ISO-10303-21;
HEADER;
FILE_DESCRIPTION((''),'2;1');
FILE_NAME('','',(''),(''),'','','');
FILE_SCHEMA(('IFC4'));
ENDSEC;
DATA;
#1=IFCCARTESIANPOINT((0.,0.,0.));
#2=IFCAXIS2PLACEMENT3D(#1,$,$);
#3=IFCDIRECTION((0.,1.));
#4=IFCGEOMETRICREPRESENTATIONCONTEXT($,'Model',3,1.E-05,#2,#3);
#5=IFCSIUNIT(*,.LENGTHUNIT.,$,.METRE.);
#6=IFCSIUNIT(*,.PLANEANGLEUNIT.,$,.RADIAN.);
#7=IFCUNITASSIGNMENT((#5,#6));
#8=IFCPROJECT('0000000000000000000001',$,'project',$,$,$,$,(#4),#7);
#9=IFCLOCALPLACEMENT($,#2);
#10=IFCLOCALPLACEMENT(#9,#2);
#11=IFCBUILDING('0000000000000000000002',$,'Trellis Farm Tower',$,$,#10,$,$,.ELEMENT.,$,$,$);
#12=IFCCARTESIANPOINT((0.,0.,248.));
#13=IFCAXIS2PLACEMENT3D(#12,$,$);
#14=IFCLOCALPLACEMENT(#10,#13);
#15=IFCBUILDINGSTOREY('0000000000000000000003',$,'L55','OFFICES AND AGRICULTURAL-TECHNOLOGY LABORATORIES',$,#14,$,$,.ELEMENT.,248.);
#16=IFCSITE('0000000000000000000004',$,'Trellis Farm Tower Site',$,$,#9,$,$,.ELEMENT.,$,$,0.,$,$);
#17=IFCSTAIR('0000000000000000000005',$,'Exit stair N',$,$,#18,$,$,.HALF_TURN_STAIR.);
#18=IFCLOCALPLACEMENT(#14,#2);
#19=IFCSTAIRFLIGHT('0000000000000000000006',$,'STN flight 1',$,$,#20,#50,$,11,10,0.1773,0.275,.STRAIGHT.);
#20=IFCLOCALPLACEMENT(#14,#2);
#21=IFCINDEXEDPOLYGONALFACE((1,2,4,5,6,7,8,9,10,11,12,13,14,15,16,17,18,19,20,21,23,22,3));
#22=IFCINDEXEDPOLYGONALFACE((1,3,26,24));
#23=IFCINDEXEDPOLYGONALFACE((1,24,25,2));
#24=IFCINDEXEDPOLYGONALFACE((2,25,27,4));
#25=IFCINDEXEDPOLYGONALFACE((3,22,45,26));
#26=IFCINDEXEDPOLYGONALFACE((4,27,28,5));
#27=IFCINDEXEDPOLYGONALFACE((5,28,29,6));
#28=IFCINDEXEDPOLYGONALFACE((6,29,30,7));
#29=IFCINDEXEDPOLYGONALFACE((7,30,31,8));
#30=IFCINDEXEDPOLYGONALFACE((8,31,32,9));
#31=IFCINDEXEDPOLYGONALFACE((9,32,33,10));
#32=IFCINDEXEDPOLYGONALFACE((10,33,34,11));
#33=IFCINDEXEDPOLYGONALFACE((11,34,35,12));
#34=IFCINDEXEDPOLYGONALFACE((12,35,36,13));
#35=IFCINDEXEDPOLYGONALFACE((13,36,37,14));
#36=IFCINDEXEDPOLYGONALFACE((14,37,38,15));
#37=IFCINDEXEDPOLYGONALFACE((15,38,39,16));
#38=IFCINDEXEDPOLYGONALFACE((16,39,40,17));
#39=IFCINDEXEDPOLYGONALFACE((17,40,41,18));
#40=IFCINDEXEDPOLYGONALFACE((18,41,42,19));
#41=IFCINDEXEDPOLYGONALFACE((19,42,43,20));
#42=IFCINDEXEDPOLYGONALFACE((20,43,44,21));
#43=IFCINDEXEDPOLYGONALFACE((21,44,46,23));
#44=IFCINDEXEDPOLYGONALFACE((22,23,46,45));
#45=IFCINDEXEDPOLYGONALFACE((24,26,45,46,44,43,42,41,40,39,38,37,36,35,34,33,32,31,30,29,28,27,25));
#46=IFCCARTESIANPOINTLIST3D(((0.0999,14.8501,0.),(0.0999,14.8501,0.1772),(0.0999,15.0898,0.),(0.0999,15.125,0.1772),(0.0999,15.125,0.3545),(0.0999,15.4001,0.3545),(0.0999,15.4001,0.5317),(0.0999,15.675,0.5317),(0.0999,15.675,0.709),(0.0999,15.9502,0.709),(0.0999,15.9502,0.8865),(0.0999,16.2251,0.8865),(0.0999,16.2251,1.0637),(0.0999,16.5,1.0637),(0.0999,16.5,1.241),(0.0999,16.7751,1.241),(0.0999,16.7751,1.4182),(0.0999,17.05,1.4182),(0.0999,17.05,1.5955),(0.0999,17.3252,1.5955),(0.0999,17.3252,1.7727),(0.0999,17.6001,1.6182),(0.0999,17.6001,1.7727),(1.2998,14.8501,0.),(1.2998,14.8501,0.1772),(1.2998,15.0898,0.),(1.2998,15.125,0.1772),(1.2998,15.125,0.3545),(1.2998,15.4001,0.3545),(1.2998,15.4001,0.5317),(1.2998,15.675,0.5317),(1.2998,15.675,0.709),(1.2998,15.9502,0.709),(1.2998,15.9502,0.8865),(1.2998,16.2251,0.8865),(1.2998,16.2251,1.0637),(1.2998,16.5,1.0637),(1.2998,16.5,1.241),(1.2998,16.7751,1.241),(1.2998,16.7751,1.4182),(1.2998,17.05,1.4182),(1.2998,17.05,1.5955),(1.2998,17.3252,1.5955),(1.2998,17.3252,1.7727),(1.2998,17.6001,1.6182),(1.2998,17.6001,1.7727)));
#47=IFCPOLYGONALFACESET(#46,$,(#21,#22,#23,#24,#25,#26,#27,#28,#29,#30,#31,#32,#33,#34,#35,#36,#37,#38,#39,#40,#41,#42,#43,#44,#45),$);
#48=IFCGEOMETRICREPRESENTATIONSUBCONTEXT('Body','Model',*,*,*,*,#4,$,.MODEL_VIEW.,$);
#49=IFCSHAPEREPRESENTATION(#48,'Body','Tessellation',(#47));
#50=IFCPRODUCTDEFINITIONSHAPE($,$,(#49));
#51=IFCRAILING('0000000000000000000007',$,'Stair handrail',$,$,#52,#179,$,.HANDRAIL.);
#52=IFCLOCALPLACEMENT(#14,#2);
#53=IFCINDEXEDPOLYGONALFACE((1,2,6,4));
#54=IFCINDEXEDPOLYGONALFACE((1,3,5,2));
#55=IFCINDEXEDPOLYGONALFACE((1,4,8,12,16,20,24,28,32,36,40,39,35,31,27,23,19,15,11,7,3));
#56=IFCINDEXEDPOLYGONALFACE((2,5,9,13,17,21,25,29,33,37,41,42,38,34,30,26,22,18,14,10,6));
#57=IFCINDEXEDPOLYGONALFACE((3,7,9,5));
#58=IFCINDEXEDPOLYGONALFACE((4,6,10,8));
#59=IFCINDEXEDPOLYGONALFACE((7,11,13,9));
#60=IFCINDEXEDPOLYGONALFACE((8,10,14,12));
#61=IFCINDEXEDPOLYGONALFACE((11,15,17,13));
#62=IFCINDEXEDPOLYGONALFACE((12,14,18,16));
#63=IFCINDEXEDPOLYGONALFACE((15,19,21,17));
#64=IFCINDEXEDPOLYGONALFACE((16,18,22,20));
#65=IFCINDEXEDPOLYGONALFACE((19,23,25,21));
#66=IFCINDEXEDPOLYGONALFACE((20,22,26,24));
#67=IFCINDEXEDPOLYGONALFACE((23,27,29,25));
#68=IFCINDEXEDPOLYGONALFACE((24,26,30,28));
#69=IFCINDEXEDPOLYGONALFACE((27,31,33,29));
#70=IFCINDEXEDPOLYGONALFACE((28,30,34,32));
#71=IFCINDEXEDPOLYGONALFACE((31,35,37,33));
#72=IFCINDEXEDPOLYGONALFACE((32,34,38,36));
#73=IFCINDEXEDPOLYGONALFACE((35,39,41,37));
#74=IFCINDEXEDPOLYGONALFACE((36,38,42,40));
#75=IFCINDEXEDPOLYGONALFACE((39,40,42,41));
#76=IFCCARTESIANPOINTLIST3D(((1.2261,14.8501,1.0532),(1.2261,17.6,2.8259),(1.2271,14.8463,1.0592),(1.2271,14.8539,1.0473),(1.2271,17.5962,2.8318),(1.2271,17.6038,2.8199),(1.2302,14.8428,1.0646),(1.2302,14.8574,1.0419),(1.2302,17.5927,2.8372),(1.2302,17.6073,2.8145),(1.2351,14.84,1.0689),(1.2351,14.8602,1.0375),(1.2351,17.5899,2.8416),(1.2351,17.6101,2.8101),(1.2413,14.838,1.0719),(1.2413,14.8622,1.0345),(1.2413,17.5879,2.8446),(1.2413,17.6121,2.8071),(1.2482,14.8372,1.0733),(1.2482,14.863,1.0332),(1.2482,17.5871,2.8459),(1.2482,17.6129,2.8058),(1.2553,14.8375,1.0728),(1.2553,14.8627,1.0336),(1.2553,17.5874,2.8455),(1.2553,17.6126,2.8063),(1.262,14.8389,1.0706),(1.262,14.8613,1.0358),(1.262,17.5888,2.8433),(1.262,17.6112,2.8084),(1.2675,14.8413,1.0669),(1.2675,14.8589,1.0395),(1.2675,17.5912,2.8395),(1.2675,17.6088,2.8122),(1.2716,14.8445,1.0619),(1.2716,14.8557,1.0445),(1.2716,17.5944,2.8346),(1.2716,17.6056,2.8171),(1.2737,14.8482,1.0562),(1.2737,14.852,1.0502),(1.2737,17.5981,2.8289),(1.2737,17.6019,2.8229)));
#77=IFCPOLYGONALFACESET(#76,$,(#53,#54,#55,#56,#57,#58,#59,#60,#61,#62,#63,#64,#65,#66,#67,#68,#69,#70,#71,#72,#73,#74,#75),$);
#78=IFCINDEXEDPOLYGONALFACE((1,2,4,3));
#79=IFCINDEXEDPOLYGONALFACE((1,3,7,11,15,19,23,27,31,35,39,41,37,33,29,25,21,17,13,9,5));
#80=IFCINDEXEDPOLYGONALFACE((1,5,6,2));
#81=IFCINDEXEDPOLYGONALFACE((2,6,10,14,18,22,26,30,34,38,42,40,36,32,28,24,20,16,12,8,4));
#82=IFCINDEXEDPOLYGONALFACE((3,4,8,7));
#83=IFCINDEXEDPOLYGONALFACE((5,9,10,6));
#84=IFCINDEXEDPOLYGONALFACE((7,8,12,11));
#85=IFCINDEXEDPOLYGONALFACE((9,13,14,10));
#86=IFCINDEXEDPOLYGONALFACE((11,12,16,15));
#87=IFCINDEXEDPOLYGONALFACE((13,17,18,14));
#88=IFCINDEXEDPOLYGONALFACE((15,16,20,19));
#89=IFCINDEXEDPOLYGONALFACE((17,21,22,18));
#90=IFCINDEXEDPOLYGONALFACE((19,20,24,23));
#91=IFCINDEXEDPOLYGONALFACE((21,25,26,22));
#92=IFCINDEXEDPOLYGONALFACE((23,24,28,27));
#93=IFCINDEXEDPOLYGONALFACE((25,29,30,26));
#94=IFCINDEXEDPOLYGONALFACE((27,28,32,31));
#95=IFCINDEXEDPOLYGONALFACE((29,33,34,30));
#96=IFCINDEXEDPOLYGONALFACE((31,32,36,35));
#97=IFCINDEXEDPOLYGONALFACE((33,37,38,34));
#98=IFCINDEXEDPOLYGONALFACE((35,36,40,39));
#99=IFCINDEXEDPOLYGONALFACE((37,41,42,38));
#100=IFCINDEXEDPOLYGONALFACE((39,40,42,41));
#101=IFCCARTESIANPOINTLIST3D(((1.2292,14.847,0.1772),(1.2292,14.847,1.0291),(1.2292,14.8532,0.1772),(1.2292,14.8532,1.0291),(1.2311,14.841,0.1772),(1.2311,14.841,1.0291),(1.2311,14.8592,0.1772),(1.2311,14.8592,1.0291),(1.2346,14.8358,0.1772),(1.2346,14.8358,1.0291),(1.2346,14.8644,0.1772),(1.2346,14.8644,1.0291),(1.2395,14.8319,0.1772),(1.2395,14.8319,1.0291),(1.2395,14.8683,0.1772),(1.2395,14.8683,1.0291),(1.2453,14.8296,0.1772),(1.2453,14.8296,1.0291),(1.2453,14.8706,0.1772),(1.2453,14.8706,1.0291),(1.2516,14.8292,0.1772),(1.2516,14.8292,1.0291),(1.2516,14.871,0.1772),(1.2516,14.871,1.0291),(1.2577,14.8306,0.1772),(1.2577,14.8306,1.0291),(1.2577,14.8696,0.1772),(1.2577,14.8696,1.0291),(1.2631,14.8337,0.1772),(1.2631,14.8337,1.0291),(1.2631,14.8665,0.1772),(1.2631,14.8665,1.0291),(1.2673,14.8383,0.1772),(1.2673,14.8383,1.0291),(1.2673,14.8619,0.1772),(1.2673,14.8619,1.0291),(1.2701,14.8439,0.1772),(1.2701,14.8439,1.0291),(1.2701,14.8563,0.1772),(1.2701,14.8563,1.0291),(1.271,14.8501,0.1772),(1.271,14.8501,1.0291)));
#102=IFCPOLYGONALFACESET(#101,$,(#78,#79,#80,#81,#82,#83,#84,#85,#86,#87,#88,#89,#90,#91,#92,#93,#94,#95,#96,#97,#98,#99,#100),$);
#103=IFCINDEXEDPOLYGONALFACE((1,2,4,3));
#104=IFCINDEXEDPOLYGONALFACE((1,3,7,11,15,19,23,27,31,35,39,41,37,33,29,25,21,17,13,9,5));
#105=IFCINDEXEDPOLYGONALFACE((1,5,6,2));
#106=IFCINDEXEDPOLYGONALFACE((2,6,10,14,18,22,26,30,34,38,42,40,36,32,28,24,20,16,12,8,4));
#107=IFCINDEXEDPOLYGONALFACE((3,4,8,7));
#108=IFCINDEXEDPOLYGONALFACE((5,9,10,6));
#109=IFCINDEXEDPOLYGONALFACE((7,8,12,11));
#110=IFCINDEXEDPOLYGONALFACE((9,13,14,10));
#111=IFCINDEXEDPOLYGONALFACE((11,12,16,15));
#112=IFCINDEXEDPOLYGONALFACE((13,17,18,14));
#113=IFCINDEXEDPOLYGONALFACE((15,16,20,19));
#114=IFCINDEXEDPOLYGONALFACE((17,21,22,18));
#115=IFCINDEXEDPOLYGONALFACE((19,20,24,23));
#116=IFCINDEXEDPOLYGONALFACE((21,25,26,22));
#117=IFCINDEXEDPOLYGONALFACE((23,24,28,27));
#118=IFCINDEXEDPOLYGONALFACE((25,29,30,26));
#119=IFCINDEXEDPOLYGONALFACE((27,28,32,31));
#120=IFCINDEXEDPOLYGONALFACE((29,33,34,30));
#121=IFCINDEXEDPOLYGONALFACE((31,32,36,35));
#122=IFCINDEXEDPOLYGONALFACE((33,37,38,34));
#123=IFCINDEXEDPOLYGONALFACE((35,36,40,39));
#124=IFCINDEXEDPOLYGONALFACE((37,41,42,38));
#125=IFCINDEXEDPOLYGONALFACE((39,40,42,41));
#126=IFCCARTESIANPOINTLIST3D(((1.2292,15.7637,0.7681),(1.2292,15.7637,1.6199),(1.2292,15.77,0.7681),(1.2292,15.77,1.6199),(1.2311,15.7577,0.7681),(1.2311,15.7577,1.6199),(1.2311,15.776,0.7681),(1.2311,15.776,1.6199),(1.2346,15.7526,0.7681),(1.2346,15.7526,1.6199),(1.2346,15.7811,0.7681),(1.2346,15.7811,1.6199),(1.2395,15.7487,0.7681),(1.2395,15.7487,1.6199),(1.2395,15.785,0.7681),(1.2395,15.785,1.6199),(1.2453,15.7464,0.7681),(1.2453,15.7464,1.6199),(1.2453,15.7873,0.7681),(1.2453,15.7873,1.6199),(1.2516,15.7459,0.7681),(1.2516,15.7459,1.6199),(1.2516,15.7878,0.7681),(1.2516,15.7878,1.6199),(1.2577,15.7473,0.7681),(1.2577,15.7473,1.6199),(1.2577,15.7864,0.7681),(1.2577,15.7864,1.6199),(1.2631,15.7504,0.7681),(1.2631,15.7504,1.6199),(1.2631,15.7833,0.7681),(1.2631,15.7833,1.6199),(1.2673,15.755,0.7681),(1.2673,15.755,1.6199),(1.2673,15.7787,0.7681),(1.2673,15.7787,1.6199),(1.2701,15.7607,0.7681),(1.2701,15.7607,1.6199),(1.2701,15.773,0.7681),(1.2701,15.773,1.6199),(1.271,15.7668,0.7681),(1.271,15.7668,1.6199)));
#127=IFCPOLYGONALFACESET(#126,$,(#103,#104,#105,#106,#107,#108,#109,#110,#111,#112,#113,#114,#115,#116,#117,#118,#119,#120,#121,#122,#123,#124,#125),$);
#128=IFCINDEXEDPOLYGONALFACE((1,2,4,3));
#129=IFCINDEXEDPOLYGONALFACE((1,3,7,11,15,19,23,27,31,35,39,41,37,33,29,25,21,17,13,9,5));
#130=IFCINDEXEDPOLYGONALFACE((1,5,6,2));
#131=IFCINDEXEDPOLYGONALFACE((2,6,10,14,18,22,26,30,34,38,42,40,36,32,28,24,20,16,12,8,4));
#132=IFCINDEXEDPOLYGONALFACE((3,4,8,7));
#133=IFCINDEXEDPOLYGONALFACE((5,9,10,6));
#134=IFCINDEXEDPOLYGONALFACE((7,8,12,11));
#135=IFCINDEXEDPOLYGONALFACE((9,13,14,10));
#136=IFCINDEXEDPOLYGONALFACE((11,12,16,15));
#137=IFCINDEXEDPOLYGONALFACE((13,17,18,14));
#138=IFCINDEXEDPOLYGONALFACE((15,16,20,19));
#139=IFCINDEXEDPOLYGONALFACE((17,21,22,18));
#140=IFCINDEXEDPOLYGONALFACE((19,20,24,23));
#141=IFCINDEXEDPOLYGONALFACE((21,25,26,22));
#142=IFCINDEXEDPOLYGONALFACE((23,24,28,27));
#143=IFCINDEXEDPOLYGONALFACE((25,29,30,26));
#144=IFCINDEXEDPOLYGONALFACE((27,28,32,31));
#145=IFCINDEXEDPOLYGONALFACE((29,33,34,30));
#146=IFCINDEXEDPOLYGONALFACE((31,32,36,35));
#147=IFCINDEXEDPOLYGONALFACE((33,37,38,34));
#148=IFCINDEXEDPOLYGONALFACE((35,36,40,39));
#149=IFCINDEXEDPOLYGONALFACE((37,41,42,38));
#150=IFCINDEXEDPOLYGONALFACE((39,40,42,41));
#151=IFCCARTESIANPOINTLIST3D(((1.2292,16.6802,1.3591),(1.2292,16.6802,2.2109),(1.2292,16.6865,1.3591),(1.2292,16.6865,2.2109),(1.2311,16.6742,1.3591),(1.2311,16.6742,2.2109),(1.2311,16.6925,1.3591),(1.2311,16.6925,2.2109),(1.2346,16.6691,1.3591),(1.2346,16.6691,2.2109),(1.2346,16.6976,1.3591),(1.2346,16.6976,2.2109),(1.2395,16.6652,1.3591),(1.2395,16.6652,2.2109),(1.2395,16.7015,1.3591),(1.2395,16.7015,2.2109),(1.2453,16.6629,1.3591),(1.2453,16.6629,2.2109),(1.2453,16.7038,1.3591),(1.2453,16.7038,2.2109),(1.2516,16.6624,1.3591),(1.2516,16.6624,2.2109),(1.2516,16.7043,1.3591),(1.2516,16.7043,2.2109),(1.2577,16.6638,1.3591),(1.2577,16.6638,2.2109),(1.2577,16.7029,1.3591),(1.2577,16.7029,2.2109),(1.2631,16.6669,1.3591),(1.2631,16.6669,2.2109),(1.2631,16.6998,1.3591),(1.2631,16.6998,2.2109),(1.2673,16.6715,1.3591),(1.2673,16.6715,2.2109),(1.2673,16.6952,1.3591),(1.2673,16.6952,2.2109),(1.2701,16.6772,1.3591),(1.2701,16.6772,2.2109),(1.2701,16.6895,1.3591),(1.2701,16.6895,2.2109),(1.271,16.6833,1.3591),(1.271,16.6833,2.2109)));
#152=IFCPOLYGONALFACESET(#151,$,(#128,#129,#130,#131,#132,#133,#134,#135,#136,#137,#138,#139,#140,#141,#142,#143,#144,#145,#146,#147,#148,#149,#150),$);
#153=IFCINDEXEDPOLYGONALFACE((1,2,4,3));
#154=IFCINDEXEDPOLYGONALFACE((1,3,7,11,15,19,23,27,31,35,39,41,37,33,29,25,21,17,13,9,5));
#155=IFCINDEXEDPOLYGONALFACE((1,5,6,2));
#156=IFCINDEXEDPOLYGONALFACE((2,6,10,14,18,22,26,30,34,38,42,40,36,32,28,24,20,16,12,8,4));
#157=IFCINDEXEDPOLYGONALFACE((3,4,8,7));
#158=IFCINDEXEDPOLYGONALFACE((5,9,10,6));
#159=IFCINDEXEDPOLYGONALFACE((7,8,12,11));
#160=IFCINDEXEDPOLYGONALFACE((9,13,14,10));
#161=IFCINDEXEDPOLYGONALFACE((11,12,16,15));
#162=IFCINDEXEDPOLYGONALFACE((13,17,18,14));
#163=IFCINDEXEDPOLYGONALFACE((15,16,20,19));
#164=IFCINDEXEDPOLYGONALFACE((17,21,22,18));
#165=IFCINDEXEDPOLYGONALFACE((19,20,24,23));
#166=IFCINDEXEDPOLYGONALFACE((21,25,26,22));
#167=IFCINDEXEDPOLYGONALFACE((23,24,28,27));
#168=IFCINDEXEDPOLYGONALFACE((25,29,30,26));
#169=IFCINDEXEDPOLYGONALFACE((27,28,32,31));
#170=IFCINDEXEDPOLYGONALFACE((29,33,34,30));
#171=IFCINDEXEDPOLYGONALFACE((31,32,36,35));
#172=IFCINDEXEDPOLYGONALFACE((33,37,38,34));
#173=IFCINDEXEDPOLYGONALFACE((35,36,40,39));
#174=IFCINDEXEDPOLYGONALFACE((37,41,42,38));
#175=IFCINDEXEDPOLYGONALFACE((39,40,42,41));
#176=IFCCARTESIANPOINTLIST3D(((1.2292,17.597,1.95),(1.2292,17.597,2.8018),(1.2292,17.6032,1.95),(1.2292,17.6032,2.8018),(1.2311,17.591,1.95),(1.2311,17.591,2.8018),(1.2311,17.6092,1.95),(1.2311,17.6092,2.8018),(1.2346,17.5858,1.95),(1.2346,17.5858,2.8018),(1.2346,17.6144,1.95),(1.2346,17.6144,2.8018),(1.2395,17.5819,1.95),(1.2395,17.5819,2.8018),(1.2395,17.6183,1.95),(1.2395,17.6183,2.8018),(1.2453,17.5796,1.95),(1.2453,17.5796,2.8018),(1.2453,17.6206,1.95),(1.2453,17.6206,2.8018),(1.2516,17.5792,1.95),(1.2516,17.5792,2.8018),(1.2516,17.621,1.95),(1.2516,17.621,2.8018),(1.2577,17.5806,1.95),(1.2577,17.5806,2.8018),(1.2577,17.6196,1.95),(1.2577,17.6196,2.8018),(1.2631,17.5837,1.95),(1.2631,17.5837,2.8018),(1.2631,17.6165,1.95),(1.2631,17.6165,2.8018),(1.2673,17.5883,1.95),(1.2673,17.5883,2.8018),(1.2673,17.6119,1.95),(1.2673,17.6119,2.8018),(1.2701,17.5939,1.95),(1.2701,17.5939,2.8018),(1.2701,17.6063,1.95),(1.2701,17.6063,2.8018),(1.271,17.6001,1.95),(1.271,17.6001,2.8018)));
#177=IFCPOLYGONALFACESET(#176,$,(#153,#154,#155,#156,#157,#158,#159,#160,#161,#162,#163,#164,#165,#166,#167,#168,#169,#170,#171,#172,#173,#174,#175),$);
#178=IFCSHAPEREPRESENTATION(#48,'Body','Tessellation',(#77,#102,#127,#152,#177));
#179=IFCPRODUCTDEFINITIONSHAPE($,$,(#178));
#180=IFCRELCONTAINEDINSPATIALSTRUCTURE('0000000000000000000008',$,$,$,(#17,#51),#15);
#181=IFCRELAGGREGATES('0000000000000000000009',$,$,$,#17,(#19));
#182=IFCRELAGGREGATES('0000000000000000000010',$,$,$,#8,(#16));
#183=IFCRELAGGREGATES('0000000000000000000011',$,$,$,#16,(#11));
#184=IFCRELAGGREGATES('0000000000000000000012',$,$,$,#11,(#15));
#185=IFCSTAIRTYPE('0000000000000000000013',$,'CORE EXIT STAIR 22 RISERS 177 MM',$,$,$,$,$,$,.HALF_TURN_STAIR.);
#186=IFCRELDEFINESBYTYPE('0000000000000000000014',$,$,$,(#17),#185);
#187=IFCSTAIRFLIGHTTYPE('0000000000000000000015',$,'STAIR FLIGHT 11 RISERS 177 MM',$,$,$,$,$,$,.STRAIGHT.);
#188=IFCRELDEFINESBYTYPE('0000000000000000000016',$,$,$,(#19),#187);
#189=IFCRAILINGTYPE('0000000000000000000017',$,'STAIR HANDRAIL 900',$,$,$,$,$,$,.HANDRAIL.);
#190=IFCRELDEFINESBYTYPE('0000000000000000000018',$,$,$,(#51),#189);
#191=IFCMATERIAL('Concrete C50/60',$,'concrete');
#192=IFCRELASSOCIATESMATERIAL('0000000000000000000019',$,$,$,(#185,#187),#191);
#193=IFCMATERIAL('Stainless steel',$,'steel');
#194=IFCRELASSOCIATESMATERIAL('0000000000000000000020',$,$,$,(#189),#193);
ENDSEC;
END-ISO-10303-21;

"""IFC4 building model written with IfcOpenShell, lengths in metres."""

from ifc_helpers import new_model, si_unit, direction, frame, origin, origin_2d, place, context, subcontext, project, spatial, polyline, circle, outline, extrude, source, transform, mapped, material, type_object, element, aggregate, save


model = new_model("IFC4")

# Units and contexts
model_context = context("Model", 3, precision=1e-05, world=origin(), true_north=direction((0.0, 1.0)))
body_context = subcontext(model_context, "Body", "Model", "MODEL_VIEW")
ifc_project = project(units=[si_unit("LENGTHUNIT", "METRE"), si_unit("PLANEANGLEUNIT", "RADIAN")], contexts=[model_context])

# Site, building, storey
site_placement = place(None, origin())
site = spatial("IfcSite", under=ifc_project, at=site_placement, Name="Trellis Farm Tower Site", CompositionType="ELEMENT", RefElevation=0.0)
building_placement = place(site_placement, origin())
building = spatial("IfcBuilding", under=site, at=building_placement, Name="Trellis Farm Tower", CompositionType="ELEMENT")
storey_placement = place(building_placement, frame((0.0, 0.0, 248.0)))
storey = spatial("IfcBuildingStorey", under=building, at=storey_placement, Name="L55", Description="OFFICES AND AGRICULTURAL-TECHNOLOGY LABORATORIES", CompositionType="ELEMENT", Elevation=248.0)

# Shared definitions
placement_1 = place(storey_placement, origin())

# Stair, stair flight
ifc_material_1 = material(Name="Concrete C50/60", Category="concrete")
stair_type = type_object("IfcStairType", Name="CORE EXIT STAIR 22 RISERS 177 MM", PredefinedType="HALF_TURN_STAIR", material=ifc_material_1)
stair = element("IfcStair", 1, at=placement_1, inside=storey, type_object=stair_type, Name="Exit stair N", PredefinedType="HALF_TURN_STAIR")
stair_flight_type = type_object("IfcStairFlightType", Name="STAIR FLIGHT 11 RISERS 177 MM", PredefinedType="STRAIGHT", material=ifc_material_1)
shared_shape_1 = source(origin(), body_context, "Body", "SweptSolid", [
    extrude(outline(polyline([(0.0, 0.0), (0.0, 0.1772), (0.2749, 0.1772), (0.2749, 0.3545), (0.55, 0.3545), (0.55, 0.5317), (0.825, 0.5317), (0.825, 0.709), (1.1001, 0.709), (1.1001, 0.8865), (1.375, 0.8865), (1.375, 1.0637), (1.6499, 1.0637), (1.6499, 1.241), (1.925, 1.241), (1.925, 1.4182), (2.2, 1.4182), (2.2, 1.5955), (2.4751, 1.5955), (2.4751, 1.7727), (2.75, 1.7727), (2.75, 1.95), (2.75, 1.6182), (0.2397, 0.0), (0.0, 0.0)])), frame((0.0, 0.6001, 0.0), z_axis=(0.0, -1.0, 0.0), x_axis=(1.0, 0.0, 0.0)), (0.0, 0.0, 1.0), 1.2),
])
stair_flight_placement = place(storey_placement, frame((0.7, 14.8501, 0.0), z_axis=(0.0, 0.0, 1.0), x_axis=(0.0, 1.0, 0.0)))
stair_flight = element("IfcStairFlight", 2, at=stair_flight_placement, type_object=stair_flight_type, Name="STN flight 1", NumberOfRisers=11, NumberOfTreads=10, PredefinedType="STRAIGHT", RiserHeight=0.1773, TreadLength=0.275, context=body_context, shape_type="MappedRepresentation", body=[
    mapped(shared_shape_1, transform((0.0, 0.0, 0.0))),
])
aggregate(stair, [stair_flight])

# Railing
ifc_material_2 = material(Name="Stainless steel", Category="steel")
railing_type = type_object("IfcRailingType", Name="STAIR HANDRAIL 900", PredefinedType="HANDRAIL", material=ifc_material_2)
shared_shape_2 = source(origin(), body_context, "Body", "SweptSolid", [
    extrude(circle(Radius=0.0239, at=origin_2d()), frame((0.0, 0.0, 0.876), z_axis=(0.0, 0.840504, 0.541806), x_axis=(-1.0, 0.0, 0.0)), (0.0, 0.0, 1.0), 3.2717),
    extrude(circle(Radius=0.021, at=origin_2d()), origin(), (0.0, 0.0, 1.0), 0.8518),
    extrude(circle(Radius=0.021, at=origin_2d()), frame((0.0, 0.9167, 0.5908)), (0.0, 0.0, 1.0), 0.8518),
    extrude(circle(Radius=0.021, at=origin_2d()), frame((0.0, 1.8333, 1.1819)), (0.0, 0.0, 1.0), 0.8518),
    extrude(circle(Radius=0.021, at=origin_2d()), frame((0.0, 2.75, 1.7727)), (0.0, 0.0, 1.0), 0.8518),
])
railing_placement = place(storey_placement, frame((1.25, 14.8501, 0.1772)))
element("IfcRailing", 3, at=railing_placement, inside=storey, type_object=railing_type, Name="Stair handrail", PredefinedType="HANDRAIL", context=body_context, shape_type="MappedRepresentation", body=[
    mapped(shared_shape_2, transform((0.0, 0.0, 0.0))),
])

save(model, "model.ifc")
